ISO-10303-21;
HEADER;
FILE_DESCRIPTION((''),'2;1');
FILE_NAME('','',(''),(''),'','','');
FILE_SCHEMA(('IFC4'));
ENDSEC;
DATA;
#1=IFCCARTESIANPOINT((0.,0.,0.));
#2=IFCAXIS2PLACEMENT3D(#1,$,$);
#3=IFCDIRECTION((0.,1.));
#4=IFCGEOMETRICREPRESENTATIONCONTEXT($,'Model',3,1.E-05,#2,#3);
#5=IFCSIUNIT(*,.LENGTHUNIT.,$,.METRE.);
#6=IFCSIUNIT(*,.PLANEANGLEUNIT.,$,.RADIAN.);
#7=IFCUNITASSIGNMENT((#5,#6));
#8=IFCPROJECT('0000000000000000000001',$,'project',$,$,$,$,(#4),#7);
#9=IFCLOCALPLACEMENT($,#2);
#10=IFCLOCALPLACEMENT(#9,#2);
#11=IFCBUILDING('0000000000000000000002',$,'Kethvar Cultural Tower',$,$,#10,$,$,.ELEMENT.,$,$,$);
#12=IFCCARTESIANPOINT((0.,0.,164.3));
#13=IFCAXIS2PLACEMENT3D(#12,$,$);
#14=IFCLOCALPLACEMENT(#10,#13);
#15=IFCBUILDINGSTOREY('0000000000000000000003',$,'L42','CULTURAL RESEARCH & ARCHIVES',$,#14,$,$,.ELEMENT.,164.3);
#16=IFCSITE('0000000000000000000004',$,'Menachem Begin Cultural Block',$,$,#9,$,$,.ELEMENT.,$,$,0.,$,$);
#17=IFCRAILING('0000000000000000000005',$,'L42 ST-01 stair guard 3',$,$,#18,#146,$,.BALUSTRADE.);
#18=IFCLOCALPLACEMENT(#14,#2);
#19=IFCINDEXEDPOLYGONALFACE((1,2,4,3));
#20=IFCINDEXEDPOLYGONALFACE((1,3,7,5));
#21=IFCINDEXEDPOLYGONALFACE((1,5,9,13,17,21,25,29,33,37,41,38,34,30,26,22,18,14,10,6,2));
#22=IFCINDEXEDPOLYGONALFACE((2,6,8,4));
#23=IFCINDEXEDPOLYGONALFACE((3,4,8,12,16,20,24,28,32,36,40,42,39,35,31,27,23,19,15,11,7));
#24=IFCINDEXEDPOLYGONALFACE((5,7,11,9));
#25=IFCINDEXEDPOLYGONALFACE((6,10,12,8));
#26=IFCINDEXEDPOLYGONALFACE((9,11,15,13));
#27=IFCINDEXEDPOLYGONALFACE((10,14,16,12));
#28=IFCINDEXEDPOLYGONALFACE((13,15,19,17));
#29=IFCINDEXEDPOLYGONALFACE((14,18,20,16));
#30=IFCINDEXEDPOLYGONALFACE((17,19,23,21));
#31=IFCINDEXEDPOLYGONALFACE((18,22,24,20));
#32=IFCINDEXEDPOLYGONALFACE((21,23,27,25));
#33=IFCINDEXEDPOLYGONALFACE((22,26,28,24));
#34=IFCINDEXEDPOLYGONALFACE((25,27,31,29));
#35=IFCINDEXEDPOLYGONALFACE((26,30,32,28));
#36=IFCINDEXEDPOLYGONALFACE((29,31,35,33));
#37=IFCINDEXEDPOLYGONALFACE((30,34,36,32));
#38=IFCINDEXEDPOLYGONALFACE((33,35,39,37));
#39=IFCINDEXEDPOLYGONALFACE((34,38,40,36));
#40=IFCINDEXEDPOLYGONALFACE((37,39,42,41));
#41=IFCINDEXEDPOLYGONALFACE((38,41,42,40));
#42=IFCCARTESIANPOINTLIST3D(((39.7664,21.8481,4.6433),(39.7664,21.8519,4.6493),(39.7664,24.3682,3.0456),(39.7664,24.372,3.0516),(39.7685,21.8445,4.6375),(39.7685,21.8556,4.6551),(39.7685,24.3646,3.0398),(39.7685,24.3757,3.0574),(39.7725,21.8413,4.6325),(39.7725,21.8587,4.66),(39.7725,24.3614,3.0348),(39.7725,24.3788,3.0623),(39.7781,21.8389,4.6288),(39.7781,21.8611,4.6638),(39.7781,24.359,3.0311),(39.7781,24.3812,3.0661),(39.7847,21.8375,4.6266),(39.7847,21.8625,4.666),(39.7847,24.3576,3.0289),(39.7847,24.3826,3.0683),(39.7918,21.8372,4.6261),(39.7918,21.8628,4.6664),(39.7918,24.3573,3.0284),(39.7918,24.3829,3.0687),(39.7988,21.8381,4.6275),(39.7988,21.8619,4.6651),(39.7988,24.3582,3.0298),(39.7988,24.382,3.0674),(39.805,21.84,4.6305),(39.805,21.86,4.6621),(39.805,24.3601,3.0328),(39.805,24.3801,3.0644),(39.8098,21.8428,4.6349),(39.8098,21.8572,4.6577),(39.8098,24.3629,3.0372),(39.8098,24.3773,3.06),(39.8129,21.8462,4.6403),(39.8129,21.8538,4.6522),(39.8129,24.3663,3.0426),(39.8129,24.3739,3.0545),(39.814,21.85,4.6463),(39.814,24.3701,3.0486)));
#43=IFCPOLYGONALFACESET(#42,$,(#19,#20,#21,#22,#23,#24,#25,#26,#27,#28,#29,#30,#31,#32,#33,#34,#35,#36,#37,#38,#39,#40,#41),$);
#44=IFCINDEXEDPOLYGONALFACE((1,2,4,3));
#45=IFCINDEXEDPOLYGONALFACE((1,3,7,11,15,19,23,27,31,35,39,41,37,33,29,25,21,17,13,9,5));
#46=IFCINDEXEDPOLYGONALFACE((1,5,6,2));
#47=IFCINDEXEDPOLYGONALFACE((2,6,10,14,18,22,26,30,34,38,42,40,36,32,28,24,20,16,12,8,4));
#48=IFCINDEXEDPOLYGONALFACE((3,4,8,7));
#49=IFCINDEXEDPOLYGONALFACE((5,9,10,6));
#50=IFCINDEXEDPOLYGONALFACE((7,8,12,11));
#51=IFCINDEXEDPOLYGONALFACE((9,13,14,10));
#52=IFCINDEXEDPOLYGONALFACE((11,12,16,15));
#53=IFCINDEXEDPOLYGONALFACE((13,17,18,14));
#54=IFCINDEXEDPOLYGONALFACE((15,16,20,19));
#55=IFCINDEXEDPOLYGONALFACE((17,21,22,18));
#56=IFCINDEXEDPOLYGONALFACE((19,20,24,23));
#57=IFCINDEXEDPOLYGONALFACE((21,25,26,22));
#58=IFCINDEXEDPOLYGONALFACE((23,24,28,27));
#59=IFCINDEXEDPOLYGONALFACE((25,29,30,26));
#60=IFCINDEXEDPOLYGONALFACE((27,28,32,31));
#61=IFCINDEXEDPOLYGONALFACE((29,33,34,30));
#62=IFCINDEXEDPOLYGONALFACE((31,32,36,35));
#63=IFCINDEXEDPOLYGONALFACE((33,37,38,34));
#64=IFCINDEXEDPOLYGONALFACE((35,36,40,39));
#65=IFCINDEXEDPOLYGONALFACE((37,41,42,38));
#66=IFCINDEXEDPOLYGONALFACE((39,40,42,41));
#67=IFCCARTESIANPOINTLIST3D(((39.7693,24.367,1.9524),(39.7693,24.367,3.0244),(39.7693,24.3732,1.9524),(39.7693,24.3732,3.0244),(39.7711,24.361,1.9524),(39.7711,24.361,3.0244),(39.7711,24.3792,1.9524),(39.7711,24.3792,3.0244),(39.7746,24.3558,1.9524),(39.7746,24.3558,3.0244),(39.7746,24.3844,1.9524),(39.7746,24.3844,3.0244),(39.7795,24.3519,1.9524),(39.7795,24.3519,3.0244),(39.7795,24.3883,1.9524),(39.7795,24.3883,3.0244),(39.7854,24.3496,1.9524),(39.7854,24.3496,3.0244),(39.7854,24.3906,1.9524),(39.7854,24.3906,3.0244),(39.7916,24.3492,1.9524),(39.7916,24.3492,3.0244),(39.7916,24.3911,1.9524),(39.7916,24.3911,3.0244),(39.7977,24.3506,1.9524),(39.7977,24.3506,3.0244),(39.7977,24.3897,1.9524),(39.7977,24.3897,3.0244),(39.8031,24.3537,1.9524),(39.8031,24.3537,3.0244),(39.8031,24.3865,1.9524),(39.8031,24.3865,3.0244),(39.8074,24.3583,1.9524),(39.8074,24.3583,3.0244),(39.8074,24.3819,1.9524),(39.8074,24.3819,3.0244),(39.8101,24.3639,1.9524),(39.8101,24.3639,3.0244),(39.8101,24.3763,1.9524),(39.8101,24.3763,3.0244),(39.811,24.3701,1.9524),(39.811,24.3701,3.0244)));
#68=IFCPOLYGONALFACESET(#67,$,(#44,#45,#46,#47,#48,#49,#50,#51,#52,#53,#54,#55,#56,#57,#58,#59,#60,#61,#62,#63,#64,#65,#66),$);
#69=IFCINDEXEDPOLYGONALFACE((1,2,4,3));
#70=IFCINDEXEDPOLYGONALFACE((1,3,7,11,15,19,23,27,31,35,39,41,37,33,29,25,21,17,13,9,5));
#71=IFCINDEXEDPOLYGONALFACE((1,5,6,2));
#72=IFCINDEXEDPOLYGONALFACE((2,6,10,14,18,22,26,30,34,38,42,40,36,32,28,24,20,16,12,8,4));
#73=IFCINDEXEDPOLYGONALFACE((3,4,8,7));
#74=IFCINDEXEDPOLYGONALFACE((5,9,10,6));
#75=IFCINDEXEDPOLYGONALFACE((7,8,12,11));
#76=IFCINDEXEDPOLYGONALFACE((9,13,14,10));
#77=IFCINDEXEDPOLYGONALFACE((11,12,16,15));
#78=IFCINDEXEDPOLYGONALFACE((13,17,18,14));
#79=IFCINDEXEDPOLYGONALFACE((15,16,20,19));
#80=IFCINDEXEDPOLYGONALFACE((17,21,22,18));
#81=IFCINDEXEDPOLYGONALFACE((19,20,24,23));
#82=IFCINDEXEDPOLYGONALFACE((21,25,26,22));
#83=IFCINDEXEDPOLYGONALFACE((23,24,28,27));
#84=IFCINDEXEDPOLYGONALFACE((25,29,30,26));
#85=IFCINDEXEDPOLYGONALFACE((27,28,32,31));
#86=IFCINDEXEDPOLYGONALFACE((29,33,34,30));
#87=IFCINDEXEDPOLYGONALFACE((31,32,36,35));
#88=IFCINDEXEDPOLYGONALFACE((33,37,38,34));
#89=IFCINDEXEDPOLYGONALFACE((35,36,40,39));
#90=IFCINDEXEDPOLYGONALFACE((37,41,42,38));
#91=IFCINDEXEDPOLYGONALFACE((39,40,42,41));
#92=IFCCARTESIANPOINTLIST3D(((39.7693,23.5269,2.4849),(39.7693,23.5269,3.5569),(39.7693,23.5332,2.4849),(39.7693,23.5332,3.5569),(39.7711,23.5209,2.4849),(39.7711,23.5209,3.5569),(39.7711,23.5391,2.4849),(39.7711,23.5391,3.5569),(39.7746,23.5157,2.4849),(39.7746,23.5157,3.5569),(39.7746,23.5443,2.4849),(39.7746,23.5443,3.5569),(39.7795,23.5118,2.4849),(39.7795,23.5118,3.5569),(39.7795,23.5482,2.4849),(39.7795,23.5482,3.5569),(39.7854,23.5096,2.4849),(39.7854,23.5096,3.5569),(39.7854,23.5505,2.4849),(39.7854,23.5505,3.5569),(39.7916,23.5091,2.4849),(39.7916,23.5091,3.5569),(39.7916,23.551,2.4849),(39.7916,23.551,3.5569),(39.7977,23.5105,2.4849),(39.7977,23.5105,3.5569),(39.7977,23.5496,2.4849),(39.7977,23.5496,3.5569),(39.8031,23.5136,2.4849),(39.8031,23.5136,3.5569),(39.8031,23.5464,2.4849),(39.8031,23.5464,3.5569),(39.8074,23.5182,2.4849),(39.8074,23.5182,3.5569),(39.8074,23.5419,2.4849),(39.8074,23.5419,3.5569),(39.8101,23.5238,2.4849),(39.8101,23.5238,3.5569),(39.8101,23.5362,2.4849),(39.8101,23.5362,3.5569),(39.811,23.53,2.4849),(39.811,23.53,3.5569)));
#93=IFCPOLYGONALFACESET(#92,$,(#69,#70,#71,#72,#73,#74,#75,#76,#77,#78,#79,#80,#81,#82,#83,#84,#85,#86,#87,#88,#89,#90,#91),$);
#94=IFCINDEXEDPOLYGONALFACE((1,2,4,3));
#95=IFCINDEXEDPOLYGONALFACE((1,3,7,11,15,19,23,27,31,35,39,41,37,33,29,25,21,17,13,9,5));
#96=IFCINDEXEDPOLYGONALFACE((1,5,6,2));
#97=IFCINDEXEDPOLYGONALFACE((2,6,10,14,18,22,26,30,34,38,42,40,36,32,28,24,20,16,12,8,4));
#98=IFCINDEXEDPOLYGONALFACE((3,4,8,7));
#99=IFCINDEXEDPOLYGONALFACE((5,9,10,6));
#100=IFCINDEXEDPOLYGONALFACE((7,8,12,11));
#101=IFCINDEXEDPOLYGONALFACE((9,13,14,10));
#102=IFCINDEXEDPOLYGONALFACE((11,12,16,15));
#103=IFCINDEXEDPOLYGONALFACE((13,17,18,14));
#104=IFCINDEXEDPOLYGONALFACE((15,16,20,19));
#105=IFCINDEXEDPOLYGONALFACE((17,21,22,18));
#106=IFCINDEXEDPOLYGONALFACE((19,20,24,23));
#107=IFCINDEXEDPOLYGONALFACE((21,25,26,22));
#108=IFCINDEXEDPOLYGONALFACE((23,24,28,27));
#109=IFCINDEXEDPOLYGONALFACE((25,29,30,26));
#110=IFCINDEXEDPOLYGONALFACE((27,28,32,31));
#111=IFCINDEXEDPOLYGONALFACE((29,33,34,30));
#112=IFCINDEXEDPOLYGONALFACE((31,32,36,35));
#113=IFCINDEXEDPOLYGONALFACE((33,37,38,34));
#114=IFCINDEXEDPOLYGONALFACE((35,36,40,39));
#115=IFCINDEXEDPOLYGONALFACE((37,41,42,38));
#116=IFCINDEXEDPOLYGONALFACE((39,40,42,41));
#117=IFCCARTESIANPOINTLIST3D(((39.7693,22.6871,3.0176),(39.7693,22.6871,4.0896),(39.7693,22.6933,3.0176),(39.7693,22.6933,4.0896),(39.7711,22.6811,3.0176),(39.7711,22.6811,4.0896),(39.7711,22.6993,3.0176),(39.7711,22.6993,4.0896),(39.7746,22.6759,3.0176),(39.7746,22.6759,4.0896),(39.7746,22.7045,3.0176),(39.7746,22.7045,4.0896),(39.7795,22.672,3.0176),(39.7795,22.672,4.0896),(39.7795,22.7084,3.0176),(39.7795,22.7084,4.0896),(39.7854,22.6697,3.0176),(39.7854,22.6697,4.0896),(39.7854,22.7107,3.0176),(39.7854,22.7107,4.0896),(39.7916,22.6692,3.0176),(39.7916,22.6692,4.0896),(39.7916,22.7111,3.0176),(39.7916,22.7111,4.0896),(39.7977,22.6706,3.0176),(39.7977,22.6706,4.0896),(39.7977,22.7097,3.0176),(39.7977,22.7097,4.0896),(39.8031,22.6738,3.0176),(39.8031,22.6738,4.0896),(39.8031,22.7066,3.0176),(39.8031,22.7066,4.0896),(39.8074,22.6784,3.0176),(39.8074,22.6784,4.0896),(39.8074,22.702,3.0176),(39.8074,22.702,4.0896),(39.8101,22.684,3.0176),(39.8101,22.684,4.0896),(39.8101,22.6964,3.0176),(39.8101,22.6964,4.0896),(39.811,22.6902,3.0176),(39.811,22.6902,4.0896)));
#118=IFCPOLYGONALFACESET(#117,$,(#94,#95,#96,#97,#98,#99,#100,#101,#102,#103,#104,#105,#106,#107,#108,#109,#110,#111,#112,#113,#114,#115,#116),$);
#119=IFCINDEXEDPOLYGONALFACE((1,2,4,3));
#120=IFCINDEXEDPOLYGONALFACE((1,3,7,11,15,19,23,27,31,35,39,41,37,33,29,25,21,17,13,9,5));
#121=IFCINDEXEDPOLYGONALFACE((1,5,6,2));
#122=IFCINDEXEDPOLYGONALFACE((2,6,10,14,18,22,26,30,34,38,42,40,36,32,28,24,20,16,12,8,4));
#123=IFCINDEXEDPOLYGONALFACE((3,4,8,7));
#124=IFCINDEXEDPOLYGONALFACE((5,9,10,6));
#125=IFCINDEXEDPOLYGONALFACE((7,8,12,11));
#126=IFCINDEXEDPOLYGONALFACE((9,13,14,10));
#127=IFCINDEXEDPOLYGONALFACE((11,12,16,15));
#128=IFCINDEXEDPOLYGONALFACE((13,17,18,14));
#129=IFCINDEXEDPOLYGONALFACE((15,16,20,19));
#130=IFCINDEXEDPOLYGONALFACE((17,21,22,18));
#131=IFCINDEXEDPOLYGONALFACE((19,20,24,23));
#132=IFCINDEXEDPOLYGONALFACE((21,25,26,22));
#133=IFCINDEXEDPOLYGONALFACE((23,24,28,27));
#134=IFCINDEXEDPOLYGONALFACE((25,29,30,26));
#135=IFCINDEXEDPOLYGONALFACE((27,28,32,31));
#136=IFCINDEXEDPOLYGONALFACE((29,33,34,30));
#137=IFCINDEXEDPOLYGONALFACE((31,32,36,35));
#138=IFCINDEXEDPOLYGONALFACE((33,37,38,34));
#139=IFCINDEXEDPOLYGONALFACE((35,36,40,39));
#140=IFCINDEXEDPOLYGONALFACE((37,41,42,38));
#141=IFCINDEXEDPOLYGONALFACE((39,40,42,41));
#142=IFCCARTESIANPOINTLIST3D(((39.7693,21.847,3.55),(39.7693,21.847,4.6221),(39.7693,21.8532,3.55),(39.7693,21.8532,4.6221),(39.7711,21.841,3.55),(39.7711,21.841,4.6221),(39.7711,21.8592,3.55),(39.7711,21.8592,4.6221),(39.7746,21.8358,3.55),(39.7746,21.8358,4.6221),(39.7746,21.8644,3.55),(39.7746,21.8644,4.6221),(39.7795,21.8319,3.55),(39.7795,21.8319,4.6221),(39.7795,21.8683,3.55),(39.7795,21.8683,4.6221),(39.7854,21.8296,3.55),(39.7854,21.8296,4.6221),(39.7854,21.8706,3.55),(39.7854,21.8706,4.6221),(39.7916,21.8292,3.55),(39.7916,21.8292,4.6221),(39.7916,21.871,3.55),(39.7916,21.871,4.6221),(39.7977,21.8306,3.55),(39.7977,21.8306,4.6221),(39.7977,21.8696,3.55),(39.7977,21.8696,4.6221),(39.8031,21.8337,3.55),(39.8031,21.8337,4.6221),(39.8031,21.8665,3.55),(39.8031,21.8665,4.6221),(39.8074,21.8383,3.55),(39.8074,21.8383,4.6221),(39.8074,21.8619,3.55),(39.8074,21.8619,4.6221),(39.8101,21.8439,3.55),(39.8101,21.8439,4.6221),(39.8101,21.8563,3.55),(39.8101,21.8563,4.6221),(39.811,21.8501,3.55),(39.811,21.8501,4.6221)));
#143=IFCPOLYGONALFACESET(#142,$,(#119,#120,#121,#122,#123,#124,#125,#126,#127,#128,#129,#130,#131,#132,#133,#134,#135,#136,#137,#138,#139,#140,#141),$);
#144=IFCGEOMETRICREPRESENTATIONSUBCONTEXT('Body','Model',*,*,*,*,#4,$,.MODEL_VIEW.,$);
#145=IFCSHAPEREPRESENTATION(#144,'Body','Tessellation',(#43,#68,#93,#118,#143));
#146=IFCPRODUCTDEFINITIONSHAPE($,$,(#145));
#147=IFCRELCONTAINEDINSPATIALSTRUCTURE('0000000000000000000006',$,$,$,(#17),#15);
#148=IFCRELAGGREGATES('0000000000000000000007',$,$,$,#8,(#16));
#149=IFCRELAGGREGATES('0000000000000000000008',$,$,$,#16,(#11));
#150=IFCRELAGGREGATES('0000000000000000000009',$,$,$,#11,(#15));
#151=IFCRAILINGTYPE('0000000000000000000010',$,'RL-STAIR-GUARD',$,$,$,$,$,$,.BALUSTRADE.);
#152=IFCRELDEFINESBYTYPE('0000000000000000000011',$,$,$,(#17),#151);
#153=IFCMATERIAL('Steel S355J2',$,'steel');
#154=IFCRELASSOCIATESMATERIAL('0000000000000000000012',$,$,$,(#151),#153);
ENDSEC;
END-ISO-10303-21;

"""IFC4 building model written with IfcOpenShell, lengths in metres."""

from ifc_helpers import new_model, si_unit, direction, frame, origin, origin_2d, place, context, subcontext, project, spatial, circle, extrude, material, type_object, element, save


model = new_model("IFC4")

# Units and contexts
model_context = context("Model", 3, precision=1e-05, world=origin(), true_north=direction((0.0, 1.0)))
body_context = subcontext(model_context, "Body", "Model", "MODEL_VIEW")
ifc_project = project(units=[si_unit("LENGTHUNIT", "METRE"), si_unit("PLANEANGLEUNIT", "RADIAN")], contexts=[model_context])

# Site, building, storey
site_placement = place(None, origin())
site = spatial("IfcSite", under=ifc_project, at=site_placement, Name="Menachem Begin Cultural Block", CompositionType="ELEMENT", RefElevation=0.0)
building_placement = place(site_placement, origin())
building = spatial("IfcBuilding", under=site, at=building_placement, Name="Kethvar Cultural Tower", CompositionType="ELEMENT")
storey_placement = place(building_placement, frame((0.0, 0.0, 164.3)))
storey = spatial("IfcBuildingStorey", under=building, at=storey_placement, Name="L42", Description="CULTURAL RESEARCH & ARCHIVES", CompositionType="ELEMENT", Elevation=164.3)

# Shared definitions
ifc_material_1 = material(Name="Steel S355J2", Category="steel")

# Railing
railing_type_1 = type_object("IfcRailingType", Name="RL-STAIR-GUARD", PredefinedType="BALUSTRADE", material=ifc_material_1)
railing_1_placement = place(storey_placement, frame((39.79, 24.3701, 1.9524)))
element("IfcRailing", 1, at=railing_1_placement, inside=storey, type_object=railing_type_1, Name="L42 ST-01 stair guard 3", PredefinedType="BALUSTRADE", context=body_context, shape_type="SweptSolid", body=[
    extrude(circle(Radius=0.0239, at=origin_2d()), frame((0.0, 0.0, 1.0962), z_axis=(0.0, -0.84457, 0.535445), x_axis=(1.0, 0.0, 0.0)), (0.0, 0.0, 1.0), 2.9839),
    extrude(circle(Radius=0.021, at=origin_2d()), origin(), (0.0, 0.0, 1.0), 1.072),
    extrude(circle(Radius=0.021, at=origin_2d()), frame((0.0, -0.8401, 0.5325)), (0.0, 0.0, 1.0), 1.072),
    extrude(circle(Radius=0.021, at=origin_2d()), frame((0.0, -1.6799, 1.0652)), (0.0, 0.0, 1.0), 1.072),
    extrude(circle(Radius=0.021, at=origin_2d()), frame((0.0, -2.52, 1.5977)), (0.0, 0.0, 1.0), 1.072),
])

save(model, "model.ifc")
